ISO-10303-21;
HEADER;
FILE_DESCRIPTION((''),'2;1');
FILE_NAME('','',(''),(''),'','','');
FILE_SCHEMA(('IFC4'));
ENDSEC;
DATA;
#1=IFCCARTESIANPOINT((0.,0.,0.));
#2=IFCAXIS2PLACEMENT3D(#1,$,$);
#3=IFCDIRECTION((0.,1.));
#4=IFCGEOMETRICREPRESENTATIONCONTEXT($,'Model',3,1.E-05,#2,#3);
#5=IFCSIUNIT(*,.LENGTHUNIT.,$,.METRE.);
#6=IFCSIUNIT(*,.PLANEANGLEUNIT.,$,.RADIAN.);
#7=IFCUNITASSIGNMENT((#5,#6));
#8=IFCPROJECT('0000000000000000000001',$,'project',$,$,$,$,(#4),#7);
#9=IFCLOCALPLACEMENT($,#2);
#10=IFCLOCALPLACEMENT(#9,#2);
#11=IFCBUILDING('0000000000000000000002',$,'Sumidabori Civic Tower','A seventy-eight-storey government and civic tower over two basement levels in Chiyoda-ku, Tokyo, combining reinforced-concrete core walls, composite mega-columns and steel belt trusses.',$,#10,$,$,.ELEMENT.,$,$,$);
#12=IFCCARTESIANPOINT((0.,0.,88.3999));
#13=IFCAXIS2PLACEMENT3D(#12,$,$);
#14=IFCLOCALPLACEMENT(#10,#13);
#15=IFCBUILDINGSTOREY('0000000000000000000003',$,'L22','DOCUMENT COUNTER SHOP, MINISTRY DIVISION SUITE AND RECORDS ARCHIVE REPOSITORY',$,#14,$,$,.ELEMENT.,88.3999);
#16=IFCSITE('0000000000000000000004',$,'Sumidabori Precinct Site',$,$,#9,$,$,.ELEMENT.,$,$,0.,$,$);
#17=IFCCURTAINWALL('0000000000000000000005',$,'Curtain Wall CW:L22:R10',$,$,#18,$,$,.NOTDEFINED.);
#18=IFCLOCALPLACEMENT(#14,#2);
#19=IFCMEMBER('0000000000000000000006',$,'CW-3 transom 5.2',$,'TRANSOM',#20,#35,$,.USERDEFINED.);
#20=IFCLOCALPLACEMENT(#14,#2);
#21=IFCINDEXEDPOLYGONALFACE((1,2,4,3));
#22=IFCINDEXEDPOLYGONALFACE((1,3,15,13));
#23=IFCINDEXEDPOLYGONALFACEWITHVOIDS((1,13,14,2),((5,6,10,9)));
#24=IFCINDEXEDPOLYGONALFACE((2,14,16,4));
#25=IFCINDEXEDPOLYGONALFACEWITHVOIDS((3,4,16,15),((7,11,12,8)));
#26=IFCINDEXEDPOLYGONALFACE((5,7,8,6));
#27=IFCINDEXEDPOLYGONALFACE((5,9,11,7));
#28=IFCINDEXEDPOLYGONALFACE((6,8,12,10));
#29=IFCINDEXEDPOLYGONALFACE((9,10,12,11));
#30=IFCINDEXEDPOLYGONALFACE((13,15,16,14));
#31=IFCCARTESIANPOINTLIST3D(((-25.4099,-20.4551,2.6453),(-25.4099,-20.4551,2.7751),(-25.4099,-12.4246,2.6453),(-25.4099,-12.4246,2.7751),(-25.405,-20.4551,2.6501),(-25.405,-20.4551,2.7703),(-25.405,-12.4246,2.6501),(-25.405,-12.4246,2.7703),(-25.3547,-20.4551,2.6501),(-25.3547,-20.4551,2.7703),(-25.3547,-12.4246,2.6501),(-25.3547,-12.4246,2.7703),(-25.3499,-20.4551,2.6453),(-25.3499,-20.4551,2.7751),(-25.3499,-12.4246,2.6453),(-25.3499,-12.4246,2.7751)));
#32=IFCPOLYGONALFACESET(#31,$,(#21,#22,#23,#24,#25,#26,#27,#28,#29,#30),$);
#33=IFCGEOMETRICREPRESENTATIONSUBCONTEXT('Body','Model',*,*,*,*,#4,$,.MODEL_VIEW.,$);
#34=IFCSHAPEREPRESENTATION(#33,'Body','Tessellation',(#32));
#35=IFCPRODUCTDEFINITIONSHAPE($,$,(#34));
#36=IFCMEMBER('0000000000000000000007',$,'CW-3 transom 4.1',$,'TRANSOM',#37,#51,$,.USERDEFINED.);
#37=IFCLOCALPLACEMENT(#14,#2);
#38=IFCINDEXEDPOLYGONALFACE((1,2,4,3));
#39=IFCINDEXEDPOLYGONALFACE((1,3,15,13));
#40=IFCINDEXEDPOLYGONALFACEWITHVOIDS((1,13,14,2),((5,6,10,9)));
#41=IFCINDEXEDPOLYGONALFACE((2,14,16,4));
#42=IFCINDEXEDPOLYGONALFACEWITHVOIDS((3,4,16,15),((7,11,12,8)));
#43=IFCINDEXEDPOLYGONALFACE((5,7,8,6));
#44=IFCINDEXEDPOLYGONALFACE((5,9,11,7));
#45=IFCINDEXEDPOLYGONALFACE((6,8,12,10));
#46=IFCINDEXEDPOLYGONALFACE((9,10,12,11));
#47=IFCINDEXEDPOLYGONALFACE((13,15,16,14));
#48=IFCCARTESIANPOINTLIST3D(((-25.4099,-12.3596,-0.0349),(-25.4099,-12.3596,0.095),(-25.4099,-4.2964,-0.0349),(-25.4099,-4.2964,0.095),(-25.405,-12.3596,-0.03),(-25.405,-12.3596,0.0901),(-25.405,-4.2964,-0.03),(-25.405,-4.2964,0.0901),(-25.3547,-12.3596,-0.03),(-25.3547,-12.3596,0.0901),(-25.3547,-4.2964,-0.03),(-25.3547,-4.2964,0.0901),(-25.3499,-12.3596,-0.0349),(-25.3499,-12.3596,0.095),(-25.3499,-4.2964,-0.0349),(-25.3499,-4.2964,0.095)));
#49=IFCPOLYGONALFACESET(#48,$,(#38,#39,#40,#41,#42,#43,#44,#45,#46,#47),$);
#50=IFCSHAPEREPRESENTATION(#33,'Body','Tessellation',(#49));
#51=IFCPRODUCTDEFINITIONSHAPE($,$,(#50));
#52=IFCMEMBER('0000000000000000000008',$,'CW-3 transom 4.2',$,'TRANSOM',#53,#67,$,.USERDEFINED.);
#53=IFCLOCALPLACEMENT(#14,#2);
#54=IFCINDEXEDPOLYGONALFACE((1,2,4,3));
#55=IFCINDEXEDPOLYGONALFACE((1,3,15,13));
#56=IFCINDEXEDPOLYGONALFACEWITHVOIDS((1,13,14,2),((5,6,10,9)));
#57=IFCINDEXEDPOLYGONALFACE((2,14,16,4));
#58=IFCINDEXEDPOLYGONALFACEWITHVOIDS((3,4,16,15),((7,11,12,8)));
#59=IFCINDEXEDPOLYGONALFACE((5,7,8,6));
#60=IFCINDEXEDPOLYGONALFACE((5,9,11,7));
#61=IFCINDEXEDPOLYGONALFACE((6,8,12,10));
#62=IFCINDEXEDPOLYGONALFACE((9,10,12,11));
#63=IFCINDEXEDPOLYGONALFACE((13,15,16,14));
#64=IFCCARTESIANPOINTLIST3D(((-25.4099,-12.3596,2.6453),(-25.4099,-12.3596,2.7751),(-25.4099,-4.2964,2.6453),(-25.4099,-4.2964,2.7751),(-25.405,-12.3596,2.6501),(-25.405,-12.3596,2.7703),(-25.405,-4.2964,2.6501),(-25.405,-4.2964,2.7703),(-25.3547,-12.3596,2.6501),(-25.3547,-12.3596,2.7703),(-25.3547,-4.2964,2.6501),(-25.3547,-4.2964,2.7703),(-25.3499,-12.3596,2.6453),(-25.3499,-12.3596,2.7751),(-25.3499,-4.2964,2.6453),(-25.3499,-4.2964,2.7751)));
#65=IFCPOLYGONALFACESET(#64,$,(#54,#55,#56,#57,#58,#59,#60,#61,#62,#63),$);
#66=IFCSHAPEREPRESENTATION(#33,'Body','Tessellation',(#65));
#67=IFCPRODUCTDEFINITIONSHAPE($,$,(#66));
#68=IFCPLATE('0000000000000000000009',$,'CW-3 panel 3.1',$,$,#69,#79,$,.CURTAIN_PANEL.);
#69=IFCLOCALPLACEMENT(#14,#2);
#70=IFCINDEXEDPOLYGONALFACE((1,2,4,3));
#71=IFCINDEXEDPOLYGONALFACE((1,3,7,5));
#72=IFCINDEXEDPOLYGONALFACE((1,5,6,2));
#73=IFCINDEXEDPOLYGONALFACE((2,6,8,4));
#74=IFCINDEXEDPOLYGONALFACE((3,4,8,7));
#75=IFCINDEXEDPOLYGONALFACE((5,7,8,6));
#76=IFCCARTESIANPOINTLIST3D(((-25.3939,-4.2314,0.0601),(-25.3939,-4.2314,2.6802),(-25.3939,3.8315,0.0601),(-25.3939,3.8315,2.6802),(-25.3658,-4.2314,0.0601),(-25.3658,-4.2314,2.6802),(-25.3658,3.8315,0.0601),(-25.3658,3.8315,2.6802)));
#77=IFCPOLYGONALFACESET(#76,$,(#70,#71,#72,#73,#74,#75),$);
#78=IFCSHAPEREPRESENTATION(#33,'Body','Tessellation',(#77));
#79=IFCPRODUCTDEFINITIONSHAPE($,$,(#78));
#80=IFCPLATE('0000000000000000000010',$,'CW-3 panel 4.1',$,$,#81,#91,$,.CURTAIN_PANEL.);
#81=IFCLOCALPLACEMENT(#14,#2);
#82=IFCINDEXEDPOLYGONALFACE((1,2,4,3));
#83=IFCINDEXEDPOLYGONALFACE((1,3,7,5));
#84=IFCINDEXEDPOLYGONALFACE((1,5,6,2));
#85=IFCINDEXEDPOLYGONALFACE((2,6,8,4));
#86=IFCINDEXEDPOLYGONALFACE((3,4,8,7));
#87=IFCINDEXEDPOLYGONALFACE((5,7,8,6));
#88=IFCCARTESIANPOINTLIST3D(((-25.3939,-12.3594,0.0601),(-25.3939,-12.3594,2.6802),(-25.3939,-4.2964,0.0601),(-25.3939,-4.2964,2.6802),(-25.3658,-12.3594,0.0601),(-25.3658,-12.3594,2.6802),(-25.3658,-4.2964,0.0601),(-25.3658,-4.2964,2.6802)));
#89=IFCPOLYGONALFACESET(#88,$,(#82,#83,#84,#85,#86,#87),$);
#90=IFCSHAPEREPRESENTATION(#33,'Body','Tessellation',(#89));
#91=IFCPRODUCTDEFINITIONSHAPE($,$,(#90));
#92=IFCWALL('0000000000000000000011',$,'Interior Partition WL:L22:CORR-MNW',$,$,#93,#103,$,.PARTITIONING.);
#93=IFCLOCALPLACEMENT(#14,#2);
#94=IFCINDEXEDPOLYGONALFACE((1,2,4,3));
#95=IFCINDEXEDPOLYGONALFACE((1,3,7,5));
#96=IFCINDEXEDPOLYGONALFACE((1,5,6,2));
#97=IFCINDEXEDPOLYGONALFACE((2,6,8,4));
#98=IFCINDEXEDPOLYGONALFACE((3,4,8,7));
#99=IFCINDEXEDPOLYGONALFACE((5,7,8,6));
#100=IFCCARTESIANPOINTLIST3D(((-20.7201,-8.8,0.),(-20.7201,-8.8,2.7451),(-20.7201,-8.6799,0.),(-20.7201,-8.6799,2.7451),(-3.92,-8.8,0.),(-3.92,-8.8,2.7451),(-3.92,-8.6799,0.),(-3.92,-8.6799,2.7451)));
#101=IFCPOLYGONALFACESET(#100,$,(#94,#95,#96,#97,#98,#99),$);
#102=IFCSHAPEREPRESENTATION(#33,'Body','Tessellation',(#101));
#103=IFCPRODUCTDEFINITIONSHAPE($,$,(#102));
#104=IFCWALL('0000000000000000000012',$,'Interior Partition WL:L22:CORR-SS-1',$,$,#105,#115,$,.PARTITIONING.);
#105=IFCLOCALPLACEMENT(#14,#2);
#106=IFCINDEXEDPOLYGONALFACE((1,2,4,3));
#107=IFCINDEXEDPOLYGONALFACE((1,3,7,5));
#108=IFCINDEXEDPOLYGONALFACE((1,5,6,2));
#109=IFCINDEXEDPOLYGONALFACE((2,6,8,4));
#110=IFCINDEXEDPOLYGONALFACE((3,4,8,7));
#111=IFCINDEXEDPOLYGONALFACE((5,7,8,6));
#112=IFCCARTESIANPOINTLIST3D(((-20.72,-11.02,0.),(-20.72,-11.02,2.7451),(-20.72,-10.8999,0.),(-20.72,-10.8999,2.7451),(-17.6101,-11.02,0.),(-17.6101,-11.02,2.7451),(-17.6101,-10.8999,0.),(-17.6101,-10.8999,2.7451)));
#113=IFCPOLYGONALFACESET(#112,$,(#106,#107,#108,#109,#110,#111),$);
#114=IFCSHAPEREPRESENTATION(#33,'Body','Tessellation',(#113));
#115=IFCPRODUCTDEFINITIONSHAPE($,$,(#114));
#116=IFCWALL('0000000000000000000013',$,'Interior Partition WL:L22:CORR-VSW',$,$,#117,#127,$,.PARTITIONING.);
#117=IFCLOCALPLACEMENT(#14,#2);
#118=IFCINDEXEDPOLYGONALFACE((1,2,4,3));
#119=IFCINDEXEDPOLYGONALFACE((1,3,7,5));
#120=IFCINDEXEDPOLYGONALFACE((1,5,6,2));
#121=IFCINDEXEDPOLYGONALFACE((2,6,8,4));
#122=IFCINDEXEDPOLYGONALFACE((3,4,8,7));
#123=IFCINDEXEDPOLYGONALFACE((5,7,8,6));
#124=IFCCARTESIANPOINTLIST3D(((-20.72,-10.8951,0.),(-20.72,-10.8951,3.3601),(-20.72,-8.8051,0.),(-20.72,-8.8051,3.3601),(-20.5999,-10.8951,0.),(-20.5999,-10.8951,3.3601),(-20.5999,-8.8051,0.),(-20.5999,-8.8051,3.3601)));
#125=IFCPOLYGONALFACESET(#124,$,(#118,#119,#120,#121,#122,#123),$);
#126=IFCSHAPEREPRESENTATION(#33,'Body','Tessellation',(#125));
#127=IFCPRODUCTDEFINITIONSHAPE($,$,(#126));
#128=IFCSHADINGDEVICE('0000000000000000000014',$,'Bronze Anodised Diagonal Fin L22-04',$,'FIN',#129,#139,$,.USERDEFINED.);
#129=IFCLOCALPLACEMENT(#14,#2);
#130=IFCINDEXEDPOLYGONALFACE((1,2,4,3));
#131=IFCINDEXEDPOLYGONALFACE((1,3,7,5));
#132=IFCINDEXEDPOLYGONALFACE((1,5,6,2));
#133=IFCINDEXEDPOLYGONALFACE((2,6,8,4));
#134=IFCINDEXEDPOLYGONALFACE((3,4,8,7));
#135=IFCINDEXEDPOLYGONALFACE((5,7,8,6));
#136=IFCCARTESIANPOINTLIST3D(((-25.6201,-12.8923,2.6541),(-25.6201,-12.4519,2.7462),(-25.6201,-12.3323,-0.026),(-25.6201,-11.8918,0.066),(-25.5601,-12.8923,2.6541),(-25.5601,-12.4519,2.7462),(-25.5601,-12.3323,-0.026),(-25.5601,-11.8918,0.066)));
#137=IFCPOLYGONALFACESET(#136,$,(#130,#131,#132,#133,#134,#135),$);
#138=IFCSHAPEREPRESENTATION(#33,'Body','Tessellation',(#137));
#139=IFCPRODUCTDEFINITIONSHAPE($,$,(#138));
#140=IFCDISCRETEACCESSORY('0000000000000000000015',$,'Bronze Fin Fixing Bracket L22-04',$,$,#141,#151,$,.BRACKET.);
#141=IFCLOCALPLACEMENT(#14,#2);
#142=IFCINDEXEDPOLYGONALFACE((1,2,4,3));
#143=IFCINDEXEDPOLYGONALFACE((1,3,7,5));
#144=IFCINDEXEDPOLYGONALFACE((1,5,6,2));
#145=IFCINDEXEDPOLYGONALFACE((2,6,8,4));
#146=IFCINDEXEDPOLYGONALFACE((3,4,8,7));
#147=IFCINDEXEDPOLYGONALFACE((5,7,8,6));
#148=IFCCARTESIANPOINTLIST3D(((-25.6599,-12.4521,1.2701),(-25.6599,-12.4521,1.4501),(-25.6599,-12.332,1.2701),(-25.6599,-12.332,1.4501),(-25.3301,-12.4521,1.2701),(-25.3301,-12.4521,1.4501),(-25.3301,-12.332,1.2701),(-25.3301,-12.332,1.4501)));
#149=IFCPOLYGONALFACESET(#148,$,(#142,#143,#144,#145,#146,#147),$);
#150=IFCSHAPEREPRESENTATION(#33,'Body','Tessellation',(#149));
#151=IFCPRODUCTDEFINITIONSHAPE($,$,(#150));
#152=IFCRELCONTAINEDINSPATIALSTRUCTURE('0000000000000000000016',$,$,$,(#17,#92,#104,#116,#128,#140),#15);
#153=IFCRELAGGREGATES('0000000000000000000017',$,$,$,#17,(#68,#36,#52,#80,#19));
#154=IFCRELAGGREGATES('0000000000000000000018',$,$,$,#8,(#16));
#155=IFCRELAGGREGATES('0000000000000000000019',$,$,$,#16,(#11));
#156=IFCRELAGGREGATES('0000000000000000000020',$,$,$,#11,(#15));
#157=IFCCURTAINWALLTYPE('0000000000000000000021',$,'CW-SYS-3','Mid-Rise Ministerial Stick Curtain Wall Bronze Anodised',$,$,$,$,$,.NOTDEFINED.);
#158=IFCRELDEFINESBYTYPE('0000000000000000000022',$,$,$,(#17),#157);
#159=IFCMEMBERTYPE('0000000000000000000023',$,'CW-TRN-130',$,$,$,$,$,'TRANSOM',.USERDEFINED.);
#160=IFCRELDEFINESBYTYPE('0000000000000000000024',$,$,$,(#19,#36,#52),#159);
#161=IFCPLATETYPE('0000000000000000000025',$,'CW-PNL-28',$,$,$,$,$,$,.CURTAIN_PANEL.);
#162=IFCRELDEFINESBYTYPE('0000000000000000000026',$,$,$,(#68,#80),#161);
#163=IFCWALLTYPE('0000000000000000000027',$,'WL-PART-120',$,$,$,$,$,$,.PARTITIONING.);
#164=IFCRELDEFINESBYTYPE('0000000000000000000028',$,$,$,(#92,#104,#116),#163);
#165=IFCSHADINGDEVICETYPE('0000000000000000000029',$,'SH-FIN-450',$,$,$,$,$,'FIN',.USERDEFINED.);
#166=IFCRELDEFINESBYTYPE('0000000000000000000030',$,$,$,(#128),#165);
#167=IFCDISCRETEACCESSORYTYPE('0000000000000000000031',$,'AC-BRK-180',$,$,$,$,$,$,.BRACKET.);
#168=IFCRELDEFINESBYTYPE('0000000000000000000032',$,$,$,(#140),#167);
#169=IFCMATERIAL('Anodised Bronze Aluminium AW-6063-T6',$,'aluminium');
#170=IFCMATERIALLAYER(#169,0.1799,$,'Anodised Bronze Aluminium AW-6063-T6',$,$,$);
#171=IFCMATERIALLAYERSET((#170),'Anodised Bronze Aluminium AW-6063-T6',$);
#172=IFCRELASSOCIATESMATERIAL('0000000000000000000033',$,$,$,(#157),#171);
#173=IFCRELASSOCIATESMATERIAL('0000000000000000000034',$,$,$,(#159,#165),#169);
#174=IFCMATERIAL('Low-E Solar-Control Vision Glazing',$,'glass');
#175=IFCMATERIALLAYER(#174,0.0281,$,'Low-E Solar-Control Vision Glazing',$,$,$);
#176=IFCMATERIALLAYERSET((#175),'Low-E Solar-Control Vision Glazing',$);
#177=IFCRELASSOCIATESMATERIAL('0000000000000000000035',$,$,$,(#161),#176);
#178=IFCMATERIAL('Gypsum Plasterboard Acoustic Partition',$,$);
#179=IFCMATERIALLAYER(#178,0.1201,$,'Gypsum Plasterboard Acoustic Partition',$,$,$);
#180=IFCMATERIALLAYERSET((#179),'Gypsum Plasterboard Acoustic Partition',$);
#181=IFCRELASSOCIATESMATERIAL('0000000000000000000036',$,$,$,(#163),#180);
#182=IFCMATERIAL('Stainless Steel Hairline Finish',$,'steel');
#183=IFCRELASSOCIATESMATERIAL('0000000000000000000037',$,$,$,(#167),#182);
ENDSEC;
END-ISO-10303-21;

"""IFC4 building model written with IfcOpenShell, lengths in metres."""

from ifc_helpers import new_model, si_unit, direction, frame, frame_2d, origin, origin_2d, place, context, subcontext, project, spatial, rectangle, hollow_rectangle, extrude, source, transform, mapped, material, layer, layer_set, material_profile, profile_set, type_object, element, aggregate, save


model = new_model("IFC4")

# Units and contexts
model_context = context("Model", 3, precision=1e-05, world=origin(), true_north=direction((0.0, 1.0)))
body_context = subcontext(model_context, "Body", "Model", "MODEL_VIEW")
ifc_project = project(units=[si_unit("LENGTHUNIT", "METRE"), si_unit("PLANEANGLEUNIT", "RADIAN")], contexts=[model_context])

# Site, building, storey
site_placement = place(None, origin())
site = spatial("IfcSite", under=ifc_project, at=site_placement, Name="Sumidabori Precinct Site", CompositionType="ELEMENT", RefElevation=0.0)
building_placement = place(site_placement, origin())
building = spatial("IfcBuilding", under=site, at=building_placement, Name="Sumidabori Civic Tower", Description="A seventy-eight-storey government and civic tower over two basement levels in Chiyoda-ku, Tokyo, combining reinforced-concrete core walls, composite mega-columns and steel belt trusses.", CompositionType="ELEMENT")
storey_placement = place(building_placement, frame((0.0, 0.0, 88.3999)))
storey = spatial("IfcBuildingStorey", under=building, at=storey_placement, Name="L22", Description="DOCUMENT COUNTER SHOP, MINISTRY DIVISION SUITE AND RECORDS ARCHIVE REPOSITORY", CompositionType="ELEMENT", Elevation=88.3999)

# Curtain wall, members, plates
ifc_material_1 = material(Name="Anodised Bronze Aluminium AW-6063-T6", Category="aluminium")
ifc_layer_1 = layer(ifc_material_1, 0.1799, Name="Anodised Bronze Aluminium AW-6063-T6")
ifc_layer_set_1 = layer_set([ifc_layer_1], Name="Anodised Bronze Aluminium AW-6063-T6")
curtain_wall_type = type_object("IfcCurtainWallType", Name="CW-SYS-3", Description="Mid-Rise Ministerial Stick Curtain Wall Bronze Anodised", PredefinedType="NOTDEFINED", material=ifc_layer_set_1)
curtain_wall_placement = place(storey_placement, origin())
curtain_wall = element("IfcCurtainWall", 1, at=curtain_wall_placement, inside=storey, type_object=curtain_wall_type, Name="Curtain Wall CW:L22:R10", PredefinedType="NOTDEFINED")
ifc_material_profile_1 = material_profile(ifc_material_1, hollow_rectangle(XDim=0.0601, YDim=0.1299, WallThickness=0.0049, at=origin_2d()), Name="ALU TRANSOM 130x60")
ifc_profile_set_1 = profile_set([ifc_material_profile_1], Name="Anodised Bronze Aluminium AW-6063-T6")
member_type_1 = type_object("IfcMemberType", Name="CW-TRN-130", ElementType="TRANSOM", PredefinedType="USERDEFINED", material=ifc_profile_set_1)
shared_shape_1 = source(origin(), body_context, "Body", "SweptSolid", [
    extrude(hollow_rectangle(XDim=0.0601, YDim=0.1299, WallThickness=0.0049, at=origin_2d()), origin(), (0.0, 0.0, 1.0), 8.0305),
])
member_1_placement = place(storey_placement, frame((-25.3799, -12.4246, 2.7102), z_axis=(0.0, -1.0, 0.0), x_axis=(1.0, 0.0, 0.0)))
member_1 = element("IfcMember", 2, at=member_1_placement, type_object=member_type_1, Name="CW-3 transom 5.2", ObjectType="TRANSOM", PredefinedType="USERDEFINED", context=body_context, shape_type="MappedRepresentation", body=[
    mapped(shared_shape_1, transform((0.0, 0.0, 0.0), x_axis=(1.0, 0.0, 0.0), y_axis=(0.0, 1.0, 0.0), z_axis=(0.0, 0.0, 1.0), scale=1.0)),
])
shared_shape_2 = source(origin(), body_context, "Body", "SweptSolid", [
    extrude(hollow_rectangle(XDim=0.0601, YDim=0.1299, WallThickness=0.0049, at=origin_2d()), origin(), (0.0, 0.0, 1.0), 8.0632),
])
member_2_placement = place(storey_placement, frame((-25.3799, -4.2964, 0.03), z_axis=(0.0, -1.0, 0.0), x_axis=(1.0, 0.0, 0.0)))
member_2 = element("IfcMember", 3, at=member_2_placement, type_object=member_type_1, Name="CW-3 transom 4.1", ObjectType="TRANSOM", PredefinedType="USERDEFINED", context=body_context, shape_type="MappedRepresentation", body=[
    mapped(shared_shape_2, transform((0.0, 0.0, 0.0), x_axis=(1.0, 0.0, 0.0), y_axis=(0.0, 1.0, 0.0), z_axis=(0.0, 0.0, 1.0), scale=1.0)),
])
member_3_placement = place(storey_placement, frame((-25.3799, -4.2964, 2.7102), z_axis=(0.0, -1.0, 0.0), x_axis=(1.0, 0.0, 0.0)))
member_3 = element("IfcMember", 4, at=member_3_placement, type_object=member_type_1, Name="CW-3 transom 4.2", ObjectType="TRANSOM", PredefinedType="USERDEFINED", context=body_context, shape_type="MappedRepresentation", body=[
    mapped(shared_shape_2, transform((0.0, 0.0, 0.0), x_axis=(1.0, 0.0, 0.0), y_axis=(0.0, 1.0, 0.0), z_axis=(0.0, 0.0, 1.0), scale=1.0)),
])
ifc_material_2 = material(Name="Low-E Solar-Control Vision Glazing", Category="glass")
ifc_layer_2 = layer(ifc_material_2, 0.0281, Name="Low-E Solar-Control Vision Glazing")
ifc_layer_set_2 = layer_set([ifc_layer_2], Name="Low-E Solar-Control Vision Glazing")
plate_type = type_object("IfcPlateType", Name="CW-PNL-28", PredefinedType="CURTAIN_PANEL", material=ifc_layer_set_2)
shared_shape_3 = source(origin(), body_context, "Body", "SweptSolid", [
    extrude(rectangle(XDim=8.063, YDim=0.0281, at=origin_2d()), origin(), (0.0, 0.0, 1.0), 2.6201),
])
plate_1_placement = place(storey_placement, frame((-25.3799, -0.2, 0.0601), z_axis=(0.0, 0.0, 1.0), x_axis=(0.0, -1.0, 0.0)))
plate_1 = element("IfcPlate", 5, at=plate_1_placement, type_object=plate_type, Name="CW-3 panel 3.1", PredefinedType="CURTAIN_PANEL", context=body_context, shape_type="MappedRepresentation", body=[
    mapped(shared_shape_3, transform((0.0, 0.0, 0.0), x_axis=(1.0, 0.0, 0.0), y_axis=(0.0, 1.0, 0.0), z_axis=(0.0, 0.0, 1.0), scale=1.0)),
])
plate_2_placement = place(storey_placement, frame((-25.3799, -8.3279, 0.0601), z_axis=(0.0, 0.0, 1.0), x_axis=(0.0, -1.0, 0.0)))
plate_2 = element("IfcPlate", 6, at=plate_2_placement, type_object=plate_type, Name="CW-3 panel 4.1", PredefinedType="CURTAIN_PANEL", context=body_context, shape_type="MappedRepresentation", body=[
    mapped(shared_shape_3, transform((0.0, 0.0, 0.0), x_axis=(1.0, 0.0, 0.0), y_axis=(0.0, 1.0, 0.0), z_axis=(0.0, 0.0, 1.0), scale=1.0)),
])
aggregate(curtain_wall, [plate_1, member_2, member_3, plate_2, member_1])

# Walls
ifc_material_3 = material(Name="Gypsum Plasterboard Acoustic Partition")
ifc_layer_3 = layer(ifc_material_3, 0.1201, Name="Gypsum Plasterboard Acoustic Partition")
ifc_layer_set_3 = layer_set([ifc_layer_3], Name="Gypsum Plasterboard Acoustic Partition")
wall_type = type_object("IfcWallType", Name="WL-PART-120", PredefinedType="PARTITIONING", material=ifc_layer_set_3)
shared_shape_4 = source(origin(), body_context, "Body", "SweptSolid", [
    extrude(rectangle(XDim=16.8, YDim=0.1201, at=frame_2d((8.3999, 0.0))), origin(), (0.0, 0.0, 1.0), 2.7451),
])
wall_1_placement = place(storey_placement, frame((-20.72, -8.74, 0.0), z_axis=(0.0, 0.0, 1.0), x_axis=(1.0, 0.0, 0.0)))
element("IfcWall", 7, at=wall_1_placement, inside=storey, type_object=wall_type, Name="Interior Partition WL:L22:CORR-MNW", PredefinedType="PARTITIONING", context=body_context, shape_type="MappedRepresentation", body=[
    mapped(shared_shape_4, transform((0.0, 0.0, 0.0), x_axis=(1.0, 0.0, 0.0), y_axis=(0.0, 1.0, 0.0), z_axis=(0.0, 0.0, 1.0), scale=1.0)),
])
shared_shape_5 = source(origin(), body_context, "Body", "SweptSolid", [
    extrude(rectangle(XDim=3.1099, YDim=0.1201, at=frame_2d((1.5549, 0.0))), origin(), (0.0, 0.0, 1.0), 2.7451),
])
wall_2_placement = place(storey_placement, frame((-20.72, -10.96, 0.0), z_axis=(0.0, 0.0, 1.0), x_axis=(1.0, 0.0, 0.0)))
element("IfcWall", 8, at=wall_2_placement, inside=storey, type_object=wall_type, Name="Interior Partition WL:L22:CORR-SS-1", PredefinedType="PARTITIONING", context=body_context, shape_type="MappedRepresentation", body=[
    mapped(shared_shape_5, transform((0.0, 0.0, 0.0), x_axis=(1.0, 0.0, 0.0), y_axis=(0.0, 1.0, 0.0), z_axis=(0.0, 0.0, 1.0), scale=1.0)),
])
shared_shape_6 = source(origin(), body_context, "Body", "SweptSolid", [
    extrude(rectangle(XDim=2.0901, YDim=0.1201, at=frame_2d((1.0449, 0.0))), origin(), (0.0, 0.0, 1.0), 3.3601),
])
wall_3_placement = place(storey_placement, frame((-20.6599, -10.895, 0.0), z_axis=(0.0, 0.0, 1.0), x_axis=(0.0, 1.0, 0.0)))
element("IfcWall", 9, at=wall_3_placement, inside=storey, type_object=wall_type, Name="Interior Partition WL:L22:CORR-VSW", PredefinedType="PARTITIONING", context=body_context, shape_type="MappedRepresentation", body=[
    mapped(shared_shape_6, transform((0.0, 0.0, 0.0), x_axis=(1.0, 0.0, 0.0), y_axis=(0.0, 1.0, 0.0), z_axis=(0.0, 0.0, 1.0), scale=1.0)),
])

# Shading device
ifc_material_profile_2 = material_profile(ifc_material_1, rectangle(XDim=0.0601, YDim=0.45, at=origin_2d()), Name="BRONZE FIN 450x60")
ifc_profile_set_2 = profile_set([ifc_material_profile_2], Name="Anodised Bronze Aluminium AW-6063-T6")
shading_device_type = type_object("IfcShadingDeviceType", Name="SH-FIN-450", ElementType="FIN", PredefinedType="USERDEFINED", material=ifc_profile_set_2)
shared_shape_7 = source(origin(), body_context, "Body", "SweptSolid", [
    extrude(rectangle(XDim=0.0601, YDim=0.45, at=origin_2d()), origin(), (0.0, 0.0, 1.0), 2.738),
])
shading_device_placement = place(storey_placement, frame((-25.5901, -12.1121, 0.02), z_axis=(0.0, -0.204545, 0.978857), x_axis=(-1.0, 0.0, 0.0)))
element("IfcShadingDevice", 10, at=shading_device_placement, inside=storey, type_object=shading_device_type, Name="Bronze Anodised Diagonal Fin L22-04", ObjectType="FIN", PredefinedType="USERDEFINED", context=body_context, shape_type="MappedRepresentation", body=[
    mapped(shared_shape_7, transform((0.0, 0.0, 0.0), x_axis=(1.0, 0.0, 0.0), y_axis=(0.0, 1.0, 0.0), z_axis=(0.0, 0.0, 1.0), scale=1.0)),
])

# Discrete accessory
ifc_material_4 = material(Name="Stainless Steel Hairline Finish", Category="steel")
ifc_material_profile_3 = material_profile(ifc_material_4, rectangle(XDim=0.1201, YDim=0.1799, at=origin_2d()), Name="STEEL BRACKET 180x120")
ifc_profile_set_3 = profile_set([ifc_material_profile_3], Name="Stainless Steel Hairline Finish")
discrete_accessory_type = type_object("IfcDiscreteAccessoryType", Name="AC-BRK-180", PredefinedType="BRACKET", material=ifc_profile_set_3)
shared_shape_8 = source(origin(), body_context, "Body", "SweptSolid", [
    extrude(rectangle(XDim=0.1201, YDim=0.1799, at=origin_2d()), origin(), (0.0, 0.0, 1.0), 0.3298),
])
discrete_accessory_placement = place(storey_placement, frame((-25.3301, -12.3921, 1.3601), z_axis=(-1.0, 0.0, 0.0), x_axis=(0.0, -1.0, 0.0)))
element("IfcDiscreteAccessory", 11, at=discrete_accessory_placement, inside=storey, type_object=discrete_accessory_type, Name="Bronze Fin Fixing Bracket L22-04", PredefinedType="BRACKET", context=body_context, shape_type="MappedRepresentation", body=[
    mapped(shared_shape_8, transform((0.0, 0.0, 0.0), x_axis=(1.0, 0.0, 0.0), y_axis=(0.0, 1.0, 0.0), z_axis=(0.0, 0.0, 1.0), scale=1.0)),
])

save(model, "model.ifc")
